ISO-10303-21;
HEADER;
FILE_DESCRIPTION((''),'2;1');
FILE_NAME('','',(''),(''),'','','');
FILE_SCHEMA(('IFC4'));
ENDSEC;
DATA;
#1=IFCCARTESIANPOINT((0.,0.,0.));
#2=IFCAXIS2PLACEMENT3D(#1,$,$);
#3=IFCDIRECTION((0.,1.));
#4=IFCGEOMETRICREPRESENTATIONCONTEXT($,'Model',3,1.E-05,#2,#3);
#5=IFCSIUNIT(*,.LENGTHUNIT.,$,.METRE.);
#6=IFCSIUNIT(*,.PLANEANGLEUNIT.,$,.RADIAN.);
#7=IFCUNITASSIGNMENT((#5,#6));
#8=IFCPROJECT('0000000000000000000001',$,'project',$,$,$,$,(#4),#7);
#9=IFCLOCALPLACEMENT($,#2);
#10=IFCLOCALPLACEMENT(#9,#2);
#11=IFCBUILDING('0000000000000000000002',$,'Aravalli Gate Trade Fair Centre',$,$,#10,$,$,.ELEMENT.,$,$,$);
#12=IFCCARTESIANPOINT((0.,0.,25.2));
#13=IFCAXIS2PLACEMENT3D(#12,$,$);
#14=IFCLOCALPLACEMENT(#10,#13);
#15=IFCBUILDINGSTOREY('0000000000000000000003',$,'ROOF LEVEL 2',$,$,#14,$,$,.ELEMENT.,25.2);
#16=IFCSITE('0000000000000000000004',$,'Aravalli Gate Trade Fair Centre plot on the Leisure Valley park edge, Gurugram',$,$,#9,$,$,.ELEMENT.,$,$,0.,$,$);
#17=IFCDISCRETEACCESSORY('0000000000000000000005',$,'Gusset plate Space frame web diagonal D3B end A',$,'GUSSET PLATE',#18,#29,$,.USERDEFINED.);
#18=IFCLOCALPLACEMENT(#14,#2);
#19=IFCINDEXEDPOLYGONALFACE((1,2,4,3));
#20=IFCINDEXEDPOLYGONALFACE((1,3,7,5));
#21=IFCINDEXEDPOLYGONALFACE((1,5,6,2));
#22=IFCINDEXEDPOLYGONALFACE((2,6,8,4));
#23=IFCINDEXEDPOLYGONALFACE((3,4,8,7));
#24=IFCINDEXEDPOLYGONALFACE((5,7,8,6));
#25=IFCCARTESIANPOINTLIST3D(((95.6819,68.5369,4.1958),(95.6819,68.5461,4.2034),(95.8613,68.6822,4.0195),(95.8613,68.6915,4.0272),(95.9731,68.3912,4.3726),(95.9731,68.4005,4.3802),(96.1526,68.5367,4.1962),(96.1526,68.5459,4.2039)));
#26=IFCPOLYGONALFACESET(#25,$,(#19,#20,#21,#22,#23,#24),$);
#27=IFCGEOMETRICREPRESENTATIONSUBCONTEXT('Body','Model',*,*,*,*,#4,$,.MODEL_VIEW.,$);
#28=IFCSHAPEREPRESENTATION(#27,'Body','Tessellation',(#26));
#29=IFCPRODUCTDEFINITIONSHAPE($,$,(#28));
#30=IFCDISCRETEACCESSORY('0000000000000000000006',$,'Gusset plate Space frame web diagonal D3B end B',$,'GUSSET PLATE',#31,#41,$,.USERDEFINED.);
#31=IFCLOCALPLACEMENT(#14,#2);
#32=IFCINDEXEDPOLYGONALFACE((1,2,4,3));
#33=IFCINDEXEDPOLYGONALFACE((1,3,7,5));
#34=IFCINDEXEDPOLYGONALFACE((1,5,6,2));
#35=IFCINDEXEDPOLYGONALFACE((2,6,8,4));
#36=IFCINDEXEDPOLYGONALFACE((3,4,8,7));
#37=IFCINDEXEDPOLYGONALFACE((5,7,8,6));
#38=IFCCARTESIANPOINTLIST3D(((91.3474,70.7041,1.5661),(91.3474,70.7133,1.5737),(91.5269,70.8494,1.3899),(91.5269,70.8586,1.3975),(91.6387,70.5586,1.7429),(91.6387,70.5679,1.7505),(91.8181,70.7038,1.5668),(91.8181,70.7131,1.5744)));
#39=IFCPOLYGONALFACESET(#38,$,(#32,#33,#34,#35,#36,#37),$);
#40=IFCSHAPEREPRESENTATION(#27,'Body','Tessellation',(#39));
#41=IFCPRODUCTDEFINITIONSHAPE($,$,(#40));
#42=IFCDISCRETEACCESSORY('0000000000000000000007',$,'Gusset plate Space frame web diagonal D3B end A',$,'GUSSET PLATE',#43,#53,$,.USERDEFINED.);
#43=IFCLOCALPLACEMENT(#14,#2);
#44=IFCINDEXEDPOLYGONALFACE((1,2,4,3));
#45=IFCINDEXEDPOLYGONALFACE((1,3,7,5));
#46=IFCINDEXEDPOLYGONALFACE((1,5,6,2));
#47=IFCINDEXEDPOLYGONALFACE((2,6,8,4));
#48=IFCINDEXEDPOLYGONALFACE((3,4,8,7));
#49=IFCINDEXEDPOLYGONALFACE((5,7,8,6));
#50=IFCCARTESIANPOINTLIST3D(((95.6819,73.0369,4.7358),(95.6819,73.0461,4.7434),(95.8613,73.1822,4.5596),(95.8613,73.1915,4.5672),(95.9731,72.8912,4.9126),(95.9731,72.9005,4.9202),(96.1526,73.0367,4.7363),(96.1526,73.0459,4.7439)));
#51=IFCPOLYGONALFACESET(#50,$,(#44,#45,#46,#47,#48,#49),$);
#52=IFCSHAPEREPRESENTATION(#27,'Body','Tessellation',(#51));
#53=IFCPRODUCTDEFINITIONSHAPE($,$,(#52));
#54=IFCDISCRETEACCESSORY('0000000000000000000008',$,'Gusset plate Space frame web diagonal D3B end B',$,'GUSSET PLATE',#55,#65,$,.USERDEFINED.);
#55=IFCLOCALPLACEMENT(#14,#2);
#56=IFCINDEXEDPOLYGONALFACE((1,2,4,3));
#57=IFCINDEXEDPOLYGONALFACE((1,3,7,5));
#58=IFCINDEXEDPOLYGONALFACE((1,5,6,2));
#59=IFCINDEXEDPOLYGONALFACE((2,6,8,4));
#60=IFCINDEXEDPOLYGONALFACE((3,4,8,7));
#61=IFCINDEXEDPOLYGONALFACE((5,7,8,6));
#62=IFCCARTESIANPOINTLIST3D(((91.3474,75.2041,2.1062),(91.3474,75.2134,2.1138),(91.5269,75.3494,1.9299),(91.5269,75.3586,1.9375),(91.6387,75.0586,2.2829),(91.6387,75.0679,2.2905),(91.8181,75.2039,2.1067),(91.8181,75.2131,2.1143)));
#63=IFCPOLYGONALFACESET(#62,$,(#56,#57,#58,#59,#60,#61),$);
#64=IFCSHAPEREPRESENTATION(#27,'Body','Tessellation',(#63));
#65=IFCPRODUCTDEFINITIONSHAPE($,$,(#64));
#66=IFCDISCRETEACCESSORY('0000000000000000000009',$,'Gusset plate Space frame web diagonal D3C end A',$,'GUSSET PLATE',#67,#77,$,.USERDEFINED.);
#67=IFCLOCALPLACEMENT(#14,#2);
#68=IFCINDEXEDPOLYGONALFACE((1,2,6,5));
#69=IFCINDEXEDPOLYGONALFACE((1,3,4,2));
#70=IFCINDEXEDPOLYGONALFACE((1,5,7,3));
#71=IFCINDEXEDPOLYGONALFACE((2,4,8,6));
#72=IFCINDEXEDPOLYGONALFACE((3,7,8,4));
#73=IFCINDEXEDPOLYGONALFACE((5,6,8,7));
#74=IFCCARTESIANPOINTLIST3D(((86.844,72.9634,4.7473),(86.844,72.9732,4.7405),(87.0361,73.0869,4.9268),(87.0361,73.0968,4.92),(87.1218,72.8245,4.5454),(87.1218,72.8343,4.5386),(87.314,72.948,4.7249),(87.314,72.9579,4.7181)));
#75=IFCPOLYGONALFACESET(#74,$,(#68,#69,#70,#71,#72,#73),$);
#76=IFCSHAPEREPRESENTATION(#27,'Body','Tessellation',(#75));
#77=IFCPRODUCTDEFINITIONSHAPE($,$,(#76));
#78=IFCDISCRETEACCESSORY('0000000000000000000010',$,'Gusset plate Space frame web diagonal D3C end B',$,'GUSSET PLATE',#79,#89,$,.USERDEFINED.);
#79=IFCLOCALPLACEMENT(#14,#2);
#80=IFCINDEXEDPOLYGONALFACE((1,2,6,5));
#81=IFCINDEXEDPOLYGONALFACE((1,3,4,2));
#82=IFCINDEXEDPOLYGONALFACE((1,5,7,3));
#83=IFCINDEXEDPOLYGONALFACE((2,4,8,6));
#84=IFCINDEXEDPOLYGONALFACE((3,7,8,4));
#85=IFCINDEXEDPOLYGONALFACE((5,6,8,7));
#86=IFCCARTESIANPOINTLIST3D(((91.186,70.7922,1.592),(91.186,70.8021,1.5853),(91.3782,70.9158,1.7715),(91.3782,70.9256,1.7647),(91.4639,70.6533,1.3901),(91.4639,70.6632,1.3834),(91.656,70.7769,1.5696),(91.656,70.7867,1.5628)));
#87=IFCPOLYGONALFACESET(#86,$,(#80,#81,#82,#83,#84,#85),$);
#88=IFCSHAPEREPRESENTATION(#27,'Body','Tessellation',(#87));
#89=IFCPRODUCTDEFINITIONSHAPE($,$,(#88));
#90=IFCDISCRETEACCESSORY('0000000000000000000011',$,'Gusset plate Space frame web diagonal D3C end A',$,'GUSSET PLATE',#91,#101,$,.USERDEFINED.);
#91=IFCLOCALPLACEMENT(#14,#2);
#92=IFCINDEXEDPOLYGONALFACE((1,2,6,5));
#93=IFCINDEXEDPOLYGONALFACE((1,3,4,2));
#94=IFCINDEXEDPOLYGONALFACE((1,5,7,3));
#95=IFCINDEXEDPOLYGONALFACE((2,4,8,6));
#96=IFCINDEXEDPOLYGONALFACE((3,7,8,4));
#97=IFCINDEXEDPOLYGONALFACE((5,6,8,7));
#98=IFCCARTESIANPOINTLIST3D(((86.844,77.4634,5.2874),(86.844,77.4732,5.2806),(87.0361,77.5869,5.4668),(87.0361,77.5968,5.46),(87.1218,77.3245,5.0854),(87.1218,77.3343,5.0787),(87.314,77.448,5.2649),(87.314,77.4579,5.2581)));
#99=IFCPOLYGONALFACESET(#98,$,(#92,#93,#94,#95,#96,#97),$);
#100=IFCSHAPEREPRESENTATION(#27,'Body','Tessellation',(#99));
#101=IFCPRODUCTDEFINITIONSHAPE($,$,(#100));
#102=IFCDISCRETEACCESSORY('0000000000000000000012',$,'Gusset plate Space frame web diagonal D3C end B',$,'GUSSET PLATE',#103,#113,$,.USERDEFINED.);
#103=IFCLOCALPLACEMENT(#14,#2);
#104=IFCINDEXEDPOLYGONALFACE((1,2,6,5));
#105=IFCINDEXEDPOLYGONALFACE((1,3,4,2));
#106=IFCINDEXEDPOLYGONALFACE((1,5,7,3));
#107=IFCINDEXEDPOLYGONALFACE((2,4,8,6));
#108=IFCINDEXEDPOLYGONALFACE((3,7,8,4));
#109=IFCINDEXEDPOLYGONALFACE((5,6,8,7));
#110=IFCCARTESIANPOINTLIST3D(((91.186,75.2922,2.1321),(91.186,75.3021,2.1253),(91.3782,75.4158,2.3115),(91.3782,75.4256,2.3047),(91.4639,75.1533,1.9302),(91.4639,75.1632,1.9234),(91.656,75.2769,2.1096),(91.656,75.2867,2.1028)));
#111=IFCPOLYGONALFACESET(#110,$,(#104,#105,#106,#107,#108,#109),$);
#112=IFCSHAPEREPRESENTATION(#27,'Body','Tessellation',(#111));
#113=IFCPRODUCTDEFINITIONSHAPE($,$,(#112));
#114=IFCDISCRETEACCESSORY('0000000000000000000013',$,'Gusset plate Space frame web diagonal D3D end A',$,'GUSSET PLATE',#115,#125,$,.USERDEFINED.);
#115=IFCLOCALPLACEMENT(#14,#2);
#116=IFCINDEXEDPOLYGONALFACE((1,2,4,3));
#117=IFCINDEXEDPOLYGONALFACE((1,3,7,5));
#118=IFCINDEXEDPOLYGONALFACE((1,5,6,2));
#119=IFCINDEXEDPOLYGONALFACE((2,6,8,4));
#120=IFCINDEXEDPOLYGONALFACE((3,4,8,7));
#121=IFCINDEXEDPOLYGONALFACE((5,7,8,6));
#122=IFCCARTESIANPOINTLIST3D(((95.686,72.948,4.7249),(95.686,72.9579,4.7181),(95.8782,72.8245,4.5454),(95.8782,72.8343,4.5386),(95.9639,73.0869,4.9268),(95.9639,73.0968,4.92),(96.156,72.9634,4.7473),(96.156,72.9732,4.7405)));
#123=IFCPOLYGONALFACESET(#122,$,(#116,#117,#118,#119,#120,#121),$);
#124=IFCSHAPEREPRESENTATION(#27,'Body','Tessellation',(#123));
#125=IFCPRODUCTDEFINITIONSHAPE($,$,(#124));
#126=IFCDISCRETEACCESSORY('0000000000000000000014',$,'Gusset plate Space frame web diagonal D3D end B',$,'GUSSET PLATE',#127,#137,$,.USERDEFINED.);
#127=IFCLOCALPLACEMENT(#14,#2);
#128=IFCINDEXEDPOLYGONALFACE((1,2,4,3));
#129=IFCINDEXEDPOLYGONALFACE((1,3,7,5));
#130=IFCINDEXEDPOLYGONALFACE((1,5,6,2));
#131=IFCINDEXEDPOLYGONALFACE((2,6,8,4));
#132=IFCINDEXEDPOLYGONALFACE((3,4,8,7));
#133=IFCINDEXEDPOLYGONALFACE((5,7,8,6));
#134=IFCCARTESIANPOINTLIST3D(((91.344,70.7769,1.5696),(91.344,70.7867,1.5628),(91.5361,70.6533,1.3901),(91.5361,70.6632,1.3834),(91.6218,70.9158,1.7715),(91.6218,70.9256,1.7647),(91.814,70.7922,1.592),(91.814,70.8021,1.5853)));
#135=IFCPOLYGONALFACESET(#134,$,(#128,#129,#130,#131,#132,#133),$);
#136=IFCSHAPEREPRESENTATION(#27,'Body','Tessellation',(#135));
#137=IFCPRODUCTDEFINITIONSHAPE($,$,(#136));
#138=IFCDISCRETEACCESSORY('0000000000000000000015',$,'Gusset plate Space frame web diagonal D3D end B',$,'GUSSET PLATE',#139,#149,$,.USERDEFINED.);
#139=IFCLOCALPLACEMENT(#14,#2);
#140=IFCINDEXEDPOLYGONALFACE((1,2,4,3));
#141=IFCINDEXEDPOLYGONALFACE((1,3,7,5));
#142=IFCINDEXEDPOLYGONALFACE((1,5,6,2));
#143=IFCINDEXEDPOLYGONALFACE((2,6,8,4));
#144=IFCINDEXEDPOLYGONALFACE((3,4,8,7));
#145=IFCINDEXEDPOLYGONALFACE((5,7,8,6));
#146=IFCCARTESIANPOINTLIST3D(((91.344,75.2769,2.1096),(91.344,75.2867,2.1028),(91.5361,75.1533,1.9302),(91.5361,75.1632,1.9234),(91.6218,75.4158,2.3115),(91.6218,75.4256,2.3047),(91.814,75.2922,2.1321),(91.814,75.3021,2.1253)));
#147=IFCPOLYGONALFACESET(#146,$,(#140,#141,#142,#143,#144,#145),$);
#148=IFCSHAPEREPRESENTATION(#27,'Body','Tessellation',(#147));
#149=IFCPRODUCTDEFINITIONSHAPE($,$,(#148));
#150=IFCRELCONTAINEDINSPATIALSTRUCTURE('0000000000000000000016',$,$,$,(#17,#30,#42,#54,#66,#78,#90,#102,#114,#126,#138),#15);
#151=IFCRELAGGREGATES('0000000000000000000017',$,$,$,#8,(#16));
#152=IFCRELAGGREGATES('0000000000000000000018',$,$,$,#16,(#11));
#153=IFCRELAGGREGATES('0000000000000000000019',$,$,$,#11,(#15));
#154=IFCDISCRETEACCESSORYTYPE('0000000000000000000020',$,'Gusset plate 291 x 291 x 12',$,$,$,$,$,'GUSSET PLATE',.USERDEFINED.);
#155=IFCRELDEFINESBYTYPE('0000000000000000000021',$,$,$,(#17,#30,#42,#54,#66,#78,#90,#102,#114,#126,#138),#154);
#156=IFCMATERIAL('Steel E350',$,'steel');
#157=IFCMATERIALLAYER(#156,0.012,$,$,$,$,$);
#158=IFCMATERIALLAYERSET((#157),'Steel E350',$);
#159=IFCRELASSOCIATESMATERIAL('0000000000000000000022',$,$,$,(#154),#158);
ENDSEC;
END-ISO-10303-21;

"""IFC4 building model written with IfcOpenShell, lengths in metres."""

from ifc_helpers import new_model, si_unit, direction, frame, origin, place, context, subcontext, project, spatial, polyline, outline, extrude, material, layer, layer_set, type_object, element, save


model = new_model("IFC4")

# Units and contexts
model_context = context("Model", 3, precision=1e-05, world=origin(), true_north=direction((0.0, 1.0)))
body_context = subcontext(model_context, "Body", "Model", "MODEL_VIEW")
ifc_project = project(units=[si_unit("LENGTHUNIT", "METRE"), si_unit("PLANEANGLEUNIT", "RADIAN")], contexts=[model_context])

# Site, building, storey
site_placement = place(None, origin())
site = spatial("IfcSite", under=ifc_project, at=site_placement, Name="Aravalli Gate Trade Fair Centre plot on the Leisure Valley park edge, Gurugram", CompositionType="ELEMENT", RefElevation=0.0)
building_placement = place(site_placement, origin())
building = spatial("IfcBuilding", under=site, at=building_placement, Name="Aravalli Gate Trade Fair Centre", CompositionType="ELEMENT")
storey_placement = place(building_placement, frame((0.0, 0.0, 25.2)))
storey = spatial("IfcBuildingStorey", under=building, at=storey_placement, Name="ROOF LEVEL 2", CompositionType="ELEMENT", Elevation=25.2)

# Shared definitions
ifc_material = material(Name="Steel E350", Category="steel")

# Discrete accessories
ifc_layer = layer(ifc_material, 0.012)
ifc_layer_set = layer_set([ifc_layer], Name="Steel E350")
discrete_accessory_type = type_object("IfcDiscreteAccessoryType", Name="Gusset plate 291 x 291 x 12", ElementType="GUSSET PLATE", PredefinedType="USERDEFINED", material=ifc_layer_set)
discrete_accessory_1_placement = place(storey_placement, frame((95.6819, 68.5461, 4.2034), z_axis=(-0.00026, 0.771582, 0.63613), x_axis=(0.785986, -0.393126, 0.477156)))
element("IfcDiscreteAccessory", 1, at=discrete_accessory_1_placement, inside=storey, type_object=discrete_accessory_type, Name="Gusset plate Space frame web diagonal D3B end A", ObjectType="GUSSET PLATE", PredefinedType="USERDEFINED", context=body_context, shape_type="SweptSolid", body=[
    extrude(outline(polyline([(0.0, 0.0), (0.3706, 0.0), (0.3703, 0.2906), (-0.0002, 0.2905), (0.0, 0.0)])), origin(), (0.0, 0.0, -1.0), 0.012),
])
discrete_accessory_2_placement = place(storey_placement, frame((91.6387, 70.5679, 1.7505), z_axis=(-0.000589, 0.771792, 0.635874), x_axis=(-0.78619, 0.392604, -0.477251)))
element("IfcDiscreteAccessory", 2, at=discrete_accessory_2_placement, inside=storey, type_object=discrete_accessory_type, Name="Gusset plate Space frame web diagonal D3B end B", ObjectType="GUSSET PLATE", PredefinedType="USERDEFINED", context=body_context, shape_type="SweptSolid", body=[
    extrude(outline(polyline([(0.0, 0.0), (0.3705, 0.0), (0.3705, -0.2905), (0.0, -0.2903), (0.0, 0.0)])), origin(), (0.0, 0.0, -1.0), 0.012),
])
discrete_accessory_3_placement = place(storey_placement, frame((95.6819, 73.0461, 4.7434), z_axis=(-0.00026, 0.771582, 0.63613), x_axis=(0.785986, -0.393126, 0.477156)))
element("IfcDiscreteAccessory", 3, at=discrete_accessory_3_placement, inside=storey, type_object=discrete_accessory_type, Name="Gusset plate Space frame web diagonal D3B end A", ObjectType="GUSSET PLATE", PredefinedType="USERDEFINED", context=body_context, shape_type="SweptSolid", body=[
    extrude(outline(polyline([(0.0, 0.0), (0.3706, 0.0), (0.3703, 0.2906), (-0.0002, 0.2905), (0.0, 0.0)])), origin(), (0.0, 0.0, -1.0), 0.012),
])
discrete_accessory_4_placement = place(storey_placement, frame((91.6387, 75.0679, 2.2905), z_axis=(-0.000259, 0.771844, 0.635812), x_axis=(-0.78619, 0.392765, -0.477118)))
element("IfcDiscreteAccessory", 4, at=discrete_accessory_4_placement, inside=storey, type_object=discrete_accessory_type, Name="Gusset plate Space frame web diagonal D3B end B", ObjectType="GUSSET PLATE", PredefinedType="USERDEFINED", context=body_context, shape_type="SweptSolid", body=[
    extrude(outline(polyline([(0.0, 0.0), (0.3705, 0.0), (0.3705, -0.2905), (0.0001, -0.2905), (0.0, 0.0)])), origin(), (0.0, 0.0, -1.0), 0.012),
])
discrete_accessory_5_placement = place(storey_placement, frame((87.1218, 72.8245, 4.5454), z_axis=(0.000137, -0.82375, 0.566952), x_axis=(-0.749929, 0.374965, 0.544984)))
element("IfcDiscreteAccessory", 5, at=discrete_accessory_5_placement, inside=storey, type_object=discrete_accessory_type, Name="Gusset plate Space frame web diagonal D3C end A", ObjectType="GUSSET PLATE", PredefinedType="USERDEFINED", context=body_context, shape_type="SweptSolid", body=[
    extrude(outline(polyline([(0.0, 0.0), (0.3705, 0.0), (0.3705, -0.2905), (0.0, -0.2905), (0.0, 0.0)])), origin(), (0.0, 0.0, -1.0), 0.012),
])
discrete_accessory_6_placement = place(storey_placement, frame((91.186, 70.7922, 1.592), z_axis=(0.000137, -0.82375, 0.566952), x_axis=(0.749929, -0.374965, -0.544984)))
element("IfcDiscreteAccessory", 6, at=discrete_accessory_6_placement, inside=storey, type_object=discrete_accessory_type, Name="Gusset plate Space frame web diagonal D3C end B", ObjectType="GUSSET PLATE", PredefinedType="USERDEFINED", context=body_context, shape_type="SweptSolid", body=[
    extrude(outline(polyline([(0.0, 0.0), (0.3705, 0.0), (0.3705, 0.2905), (0.0, 0.2905), (0.0, 0.0)])), origin(), (0.0, 0.0, -1.0), 0.012),
])
discrete_accessory_7_placement = place(storey_placement, frame((87.1218, 77.3245, 5.0854), z_axis=(0.000137, -0.82375, 0.566952), x_axis=(-0.749929, 0.374965, 0.544984)))
element("IfcDiscreteAccessory", 7, at=discrete_accessory_7_placement, inside=storey, type_object=discrete_accessory_type, Name="Gusset plate Space frame web diagonal D3C end A", ObjectType="GUSSET PLATE", PredefinedType="USERDEFINED", context=body_context, shape_type="SweptSolid", body=[
    extrude(outline(polyline([(0.0, 0.0), (0.3705, 0.0), (0.3705, -0.2905), (0.0, -0.2905), (0.0, 0.0)])), origin(), (0.0, 0.0, -1.0), 0.012),
])
discrete_accessory_8_placement = place(storey_placement, frame((91.186, 75.2922, 2.1321), z_axis=(0.000137, -0.82375, 0.566952), x_axis=(0.749929, -0.374965, -0.544984)))
element("IfcDiscreteAccessory", 8, at=discrete_accessory_8_placement, inside=storey, type_object=discrete_accessory_type, Name="Gusset plate Space frame web diagonal D3C end B", ObjectType="GUSSET PLATE", PredefinedType="USERDEFINED", context=body_context, shape_type="SweptSolid", body=[
    extrude(outline(polyline([(0.0, 0.0), (0.3705, 0.0), (0.3705, 0.2905), (0.0, 0.2905), (0.0, 0.0)])), origin(), (0.0, 0.0, -1.0), 0.012),
])
discrete_accessory_9_placement = place(storey_placement, frame((95.686, 72.948, 4.7249), z_axis=(-0.000137, -0.82375, 0.566952), x_axis=(0.749929, 0.374965, 0.544984)))
element("IfcDiscreteAccessory", 9, at=discrete_accessory_9_placement, inside=storey, type_object=discrete_accessory_type, Name="Gusset plate Space frame web diagonal D3D end A", ObjectType="GUSSET PLATE", PredefinedType="USERDEFINED", context=body_context, shape_type="SweptSolid", body=[
    extrude(outline(polyline([(0.0, 0.0), (0.3705, 0.0), (0.3705, -0.2905), (0.0, -0.2905), (0.0, 0.0)])), origin(), (0.0, 0.0, -1.0), 0.012),
])
for number, where, z_axis, x_axis, name in (
    (10, (91.6218, 70.9158, 1.7715), (-0.000137, -0.82375, 0.566952), (-0.749929, -0.374965, -0.544984), "Gusset plate Space frame web diagonal D3D end B"),
    (11, (91.6218, 75.4158, 2.3115), (-0.000137, -0.82375, 0.566952), (-0.749929, -0.374965, -0.544984), "Gusset plate Space frame web diagonal D3D end B"),
):
    element("IfcDiscreteAccessory", number, at=place(storey_placement, frame(where, z_axis=z_axis, x_axis=x_axis)), inside=storey, type_object=discrete_accessory_type, Name=name, ObjectType="GUSSET PLATE", PredefinedType="USERDEFINED", context=body_context, shape_type="SweptSolid", body=[
        extrude(outline(polyline([(0.0, 0.0), (0.3705, 0.0), (0.3705, 0.2905), (0.0, 0.2905), (0.0, 0.0)])), origin(), (0.0, 0.0, -1.0), 0.012),
    ])

save(model, "model.ifc")
